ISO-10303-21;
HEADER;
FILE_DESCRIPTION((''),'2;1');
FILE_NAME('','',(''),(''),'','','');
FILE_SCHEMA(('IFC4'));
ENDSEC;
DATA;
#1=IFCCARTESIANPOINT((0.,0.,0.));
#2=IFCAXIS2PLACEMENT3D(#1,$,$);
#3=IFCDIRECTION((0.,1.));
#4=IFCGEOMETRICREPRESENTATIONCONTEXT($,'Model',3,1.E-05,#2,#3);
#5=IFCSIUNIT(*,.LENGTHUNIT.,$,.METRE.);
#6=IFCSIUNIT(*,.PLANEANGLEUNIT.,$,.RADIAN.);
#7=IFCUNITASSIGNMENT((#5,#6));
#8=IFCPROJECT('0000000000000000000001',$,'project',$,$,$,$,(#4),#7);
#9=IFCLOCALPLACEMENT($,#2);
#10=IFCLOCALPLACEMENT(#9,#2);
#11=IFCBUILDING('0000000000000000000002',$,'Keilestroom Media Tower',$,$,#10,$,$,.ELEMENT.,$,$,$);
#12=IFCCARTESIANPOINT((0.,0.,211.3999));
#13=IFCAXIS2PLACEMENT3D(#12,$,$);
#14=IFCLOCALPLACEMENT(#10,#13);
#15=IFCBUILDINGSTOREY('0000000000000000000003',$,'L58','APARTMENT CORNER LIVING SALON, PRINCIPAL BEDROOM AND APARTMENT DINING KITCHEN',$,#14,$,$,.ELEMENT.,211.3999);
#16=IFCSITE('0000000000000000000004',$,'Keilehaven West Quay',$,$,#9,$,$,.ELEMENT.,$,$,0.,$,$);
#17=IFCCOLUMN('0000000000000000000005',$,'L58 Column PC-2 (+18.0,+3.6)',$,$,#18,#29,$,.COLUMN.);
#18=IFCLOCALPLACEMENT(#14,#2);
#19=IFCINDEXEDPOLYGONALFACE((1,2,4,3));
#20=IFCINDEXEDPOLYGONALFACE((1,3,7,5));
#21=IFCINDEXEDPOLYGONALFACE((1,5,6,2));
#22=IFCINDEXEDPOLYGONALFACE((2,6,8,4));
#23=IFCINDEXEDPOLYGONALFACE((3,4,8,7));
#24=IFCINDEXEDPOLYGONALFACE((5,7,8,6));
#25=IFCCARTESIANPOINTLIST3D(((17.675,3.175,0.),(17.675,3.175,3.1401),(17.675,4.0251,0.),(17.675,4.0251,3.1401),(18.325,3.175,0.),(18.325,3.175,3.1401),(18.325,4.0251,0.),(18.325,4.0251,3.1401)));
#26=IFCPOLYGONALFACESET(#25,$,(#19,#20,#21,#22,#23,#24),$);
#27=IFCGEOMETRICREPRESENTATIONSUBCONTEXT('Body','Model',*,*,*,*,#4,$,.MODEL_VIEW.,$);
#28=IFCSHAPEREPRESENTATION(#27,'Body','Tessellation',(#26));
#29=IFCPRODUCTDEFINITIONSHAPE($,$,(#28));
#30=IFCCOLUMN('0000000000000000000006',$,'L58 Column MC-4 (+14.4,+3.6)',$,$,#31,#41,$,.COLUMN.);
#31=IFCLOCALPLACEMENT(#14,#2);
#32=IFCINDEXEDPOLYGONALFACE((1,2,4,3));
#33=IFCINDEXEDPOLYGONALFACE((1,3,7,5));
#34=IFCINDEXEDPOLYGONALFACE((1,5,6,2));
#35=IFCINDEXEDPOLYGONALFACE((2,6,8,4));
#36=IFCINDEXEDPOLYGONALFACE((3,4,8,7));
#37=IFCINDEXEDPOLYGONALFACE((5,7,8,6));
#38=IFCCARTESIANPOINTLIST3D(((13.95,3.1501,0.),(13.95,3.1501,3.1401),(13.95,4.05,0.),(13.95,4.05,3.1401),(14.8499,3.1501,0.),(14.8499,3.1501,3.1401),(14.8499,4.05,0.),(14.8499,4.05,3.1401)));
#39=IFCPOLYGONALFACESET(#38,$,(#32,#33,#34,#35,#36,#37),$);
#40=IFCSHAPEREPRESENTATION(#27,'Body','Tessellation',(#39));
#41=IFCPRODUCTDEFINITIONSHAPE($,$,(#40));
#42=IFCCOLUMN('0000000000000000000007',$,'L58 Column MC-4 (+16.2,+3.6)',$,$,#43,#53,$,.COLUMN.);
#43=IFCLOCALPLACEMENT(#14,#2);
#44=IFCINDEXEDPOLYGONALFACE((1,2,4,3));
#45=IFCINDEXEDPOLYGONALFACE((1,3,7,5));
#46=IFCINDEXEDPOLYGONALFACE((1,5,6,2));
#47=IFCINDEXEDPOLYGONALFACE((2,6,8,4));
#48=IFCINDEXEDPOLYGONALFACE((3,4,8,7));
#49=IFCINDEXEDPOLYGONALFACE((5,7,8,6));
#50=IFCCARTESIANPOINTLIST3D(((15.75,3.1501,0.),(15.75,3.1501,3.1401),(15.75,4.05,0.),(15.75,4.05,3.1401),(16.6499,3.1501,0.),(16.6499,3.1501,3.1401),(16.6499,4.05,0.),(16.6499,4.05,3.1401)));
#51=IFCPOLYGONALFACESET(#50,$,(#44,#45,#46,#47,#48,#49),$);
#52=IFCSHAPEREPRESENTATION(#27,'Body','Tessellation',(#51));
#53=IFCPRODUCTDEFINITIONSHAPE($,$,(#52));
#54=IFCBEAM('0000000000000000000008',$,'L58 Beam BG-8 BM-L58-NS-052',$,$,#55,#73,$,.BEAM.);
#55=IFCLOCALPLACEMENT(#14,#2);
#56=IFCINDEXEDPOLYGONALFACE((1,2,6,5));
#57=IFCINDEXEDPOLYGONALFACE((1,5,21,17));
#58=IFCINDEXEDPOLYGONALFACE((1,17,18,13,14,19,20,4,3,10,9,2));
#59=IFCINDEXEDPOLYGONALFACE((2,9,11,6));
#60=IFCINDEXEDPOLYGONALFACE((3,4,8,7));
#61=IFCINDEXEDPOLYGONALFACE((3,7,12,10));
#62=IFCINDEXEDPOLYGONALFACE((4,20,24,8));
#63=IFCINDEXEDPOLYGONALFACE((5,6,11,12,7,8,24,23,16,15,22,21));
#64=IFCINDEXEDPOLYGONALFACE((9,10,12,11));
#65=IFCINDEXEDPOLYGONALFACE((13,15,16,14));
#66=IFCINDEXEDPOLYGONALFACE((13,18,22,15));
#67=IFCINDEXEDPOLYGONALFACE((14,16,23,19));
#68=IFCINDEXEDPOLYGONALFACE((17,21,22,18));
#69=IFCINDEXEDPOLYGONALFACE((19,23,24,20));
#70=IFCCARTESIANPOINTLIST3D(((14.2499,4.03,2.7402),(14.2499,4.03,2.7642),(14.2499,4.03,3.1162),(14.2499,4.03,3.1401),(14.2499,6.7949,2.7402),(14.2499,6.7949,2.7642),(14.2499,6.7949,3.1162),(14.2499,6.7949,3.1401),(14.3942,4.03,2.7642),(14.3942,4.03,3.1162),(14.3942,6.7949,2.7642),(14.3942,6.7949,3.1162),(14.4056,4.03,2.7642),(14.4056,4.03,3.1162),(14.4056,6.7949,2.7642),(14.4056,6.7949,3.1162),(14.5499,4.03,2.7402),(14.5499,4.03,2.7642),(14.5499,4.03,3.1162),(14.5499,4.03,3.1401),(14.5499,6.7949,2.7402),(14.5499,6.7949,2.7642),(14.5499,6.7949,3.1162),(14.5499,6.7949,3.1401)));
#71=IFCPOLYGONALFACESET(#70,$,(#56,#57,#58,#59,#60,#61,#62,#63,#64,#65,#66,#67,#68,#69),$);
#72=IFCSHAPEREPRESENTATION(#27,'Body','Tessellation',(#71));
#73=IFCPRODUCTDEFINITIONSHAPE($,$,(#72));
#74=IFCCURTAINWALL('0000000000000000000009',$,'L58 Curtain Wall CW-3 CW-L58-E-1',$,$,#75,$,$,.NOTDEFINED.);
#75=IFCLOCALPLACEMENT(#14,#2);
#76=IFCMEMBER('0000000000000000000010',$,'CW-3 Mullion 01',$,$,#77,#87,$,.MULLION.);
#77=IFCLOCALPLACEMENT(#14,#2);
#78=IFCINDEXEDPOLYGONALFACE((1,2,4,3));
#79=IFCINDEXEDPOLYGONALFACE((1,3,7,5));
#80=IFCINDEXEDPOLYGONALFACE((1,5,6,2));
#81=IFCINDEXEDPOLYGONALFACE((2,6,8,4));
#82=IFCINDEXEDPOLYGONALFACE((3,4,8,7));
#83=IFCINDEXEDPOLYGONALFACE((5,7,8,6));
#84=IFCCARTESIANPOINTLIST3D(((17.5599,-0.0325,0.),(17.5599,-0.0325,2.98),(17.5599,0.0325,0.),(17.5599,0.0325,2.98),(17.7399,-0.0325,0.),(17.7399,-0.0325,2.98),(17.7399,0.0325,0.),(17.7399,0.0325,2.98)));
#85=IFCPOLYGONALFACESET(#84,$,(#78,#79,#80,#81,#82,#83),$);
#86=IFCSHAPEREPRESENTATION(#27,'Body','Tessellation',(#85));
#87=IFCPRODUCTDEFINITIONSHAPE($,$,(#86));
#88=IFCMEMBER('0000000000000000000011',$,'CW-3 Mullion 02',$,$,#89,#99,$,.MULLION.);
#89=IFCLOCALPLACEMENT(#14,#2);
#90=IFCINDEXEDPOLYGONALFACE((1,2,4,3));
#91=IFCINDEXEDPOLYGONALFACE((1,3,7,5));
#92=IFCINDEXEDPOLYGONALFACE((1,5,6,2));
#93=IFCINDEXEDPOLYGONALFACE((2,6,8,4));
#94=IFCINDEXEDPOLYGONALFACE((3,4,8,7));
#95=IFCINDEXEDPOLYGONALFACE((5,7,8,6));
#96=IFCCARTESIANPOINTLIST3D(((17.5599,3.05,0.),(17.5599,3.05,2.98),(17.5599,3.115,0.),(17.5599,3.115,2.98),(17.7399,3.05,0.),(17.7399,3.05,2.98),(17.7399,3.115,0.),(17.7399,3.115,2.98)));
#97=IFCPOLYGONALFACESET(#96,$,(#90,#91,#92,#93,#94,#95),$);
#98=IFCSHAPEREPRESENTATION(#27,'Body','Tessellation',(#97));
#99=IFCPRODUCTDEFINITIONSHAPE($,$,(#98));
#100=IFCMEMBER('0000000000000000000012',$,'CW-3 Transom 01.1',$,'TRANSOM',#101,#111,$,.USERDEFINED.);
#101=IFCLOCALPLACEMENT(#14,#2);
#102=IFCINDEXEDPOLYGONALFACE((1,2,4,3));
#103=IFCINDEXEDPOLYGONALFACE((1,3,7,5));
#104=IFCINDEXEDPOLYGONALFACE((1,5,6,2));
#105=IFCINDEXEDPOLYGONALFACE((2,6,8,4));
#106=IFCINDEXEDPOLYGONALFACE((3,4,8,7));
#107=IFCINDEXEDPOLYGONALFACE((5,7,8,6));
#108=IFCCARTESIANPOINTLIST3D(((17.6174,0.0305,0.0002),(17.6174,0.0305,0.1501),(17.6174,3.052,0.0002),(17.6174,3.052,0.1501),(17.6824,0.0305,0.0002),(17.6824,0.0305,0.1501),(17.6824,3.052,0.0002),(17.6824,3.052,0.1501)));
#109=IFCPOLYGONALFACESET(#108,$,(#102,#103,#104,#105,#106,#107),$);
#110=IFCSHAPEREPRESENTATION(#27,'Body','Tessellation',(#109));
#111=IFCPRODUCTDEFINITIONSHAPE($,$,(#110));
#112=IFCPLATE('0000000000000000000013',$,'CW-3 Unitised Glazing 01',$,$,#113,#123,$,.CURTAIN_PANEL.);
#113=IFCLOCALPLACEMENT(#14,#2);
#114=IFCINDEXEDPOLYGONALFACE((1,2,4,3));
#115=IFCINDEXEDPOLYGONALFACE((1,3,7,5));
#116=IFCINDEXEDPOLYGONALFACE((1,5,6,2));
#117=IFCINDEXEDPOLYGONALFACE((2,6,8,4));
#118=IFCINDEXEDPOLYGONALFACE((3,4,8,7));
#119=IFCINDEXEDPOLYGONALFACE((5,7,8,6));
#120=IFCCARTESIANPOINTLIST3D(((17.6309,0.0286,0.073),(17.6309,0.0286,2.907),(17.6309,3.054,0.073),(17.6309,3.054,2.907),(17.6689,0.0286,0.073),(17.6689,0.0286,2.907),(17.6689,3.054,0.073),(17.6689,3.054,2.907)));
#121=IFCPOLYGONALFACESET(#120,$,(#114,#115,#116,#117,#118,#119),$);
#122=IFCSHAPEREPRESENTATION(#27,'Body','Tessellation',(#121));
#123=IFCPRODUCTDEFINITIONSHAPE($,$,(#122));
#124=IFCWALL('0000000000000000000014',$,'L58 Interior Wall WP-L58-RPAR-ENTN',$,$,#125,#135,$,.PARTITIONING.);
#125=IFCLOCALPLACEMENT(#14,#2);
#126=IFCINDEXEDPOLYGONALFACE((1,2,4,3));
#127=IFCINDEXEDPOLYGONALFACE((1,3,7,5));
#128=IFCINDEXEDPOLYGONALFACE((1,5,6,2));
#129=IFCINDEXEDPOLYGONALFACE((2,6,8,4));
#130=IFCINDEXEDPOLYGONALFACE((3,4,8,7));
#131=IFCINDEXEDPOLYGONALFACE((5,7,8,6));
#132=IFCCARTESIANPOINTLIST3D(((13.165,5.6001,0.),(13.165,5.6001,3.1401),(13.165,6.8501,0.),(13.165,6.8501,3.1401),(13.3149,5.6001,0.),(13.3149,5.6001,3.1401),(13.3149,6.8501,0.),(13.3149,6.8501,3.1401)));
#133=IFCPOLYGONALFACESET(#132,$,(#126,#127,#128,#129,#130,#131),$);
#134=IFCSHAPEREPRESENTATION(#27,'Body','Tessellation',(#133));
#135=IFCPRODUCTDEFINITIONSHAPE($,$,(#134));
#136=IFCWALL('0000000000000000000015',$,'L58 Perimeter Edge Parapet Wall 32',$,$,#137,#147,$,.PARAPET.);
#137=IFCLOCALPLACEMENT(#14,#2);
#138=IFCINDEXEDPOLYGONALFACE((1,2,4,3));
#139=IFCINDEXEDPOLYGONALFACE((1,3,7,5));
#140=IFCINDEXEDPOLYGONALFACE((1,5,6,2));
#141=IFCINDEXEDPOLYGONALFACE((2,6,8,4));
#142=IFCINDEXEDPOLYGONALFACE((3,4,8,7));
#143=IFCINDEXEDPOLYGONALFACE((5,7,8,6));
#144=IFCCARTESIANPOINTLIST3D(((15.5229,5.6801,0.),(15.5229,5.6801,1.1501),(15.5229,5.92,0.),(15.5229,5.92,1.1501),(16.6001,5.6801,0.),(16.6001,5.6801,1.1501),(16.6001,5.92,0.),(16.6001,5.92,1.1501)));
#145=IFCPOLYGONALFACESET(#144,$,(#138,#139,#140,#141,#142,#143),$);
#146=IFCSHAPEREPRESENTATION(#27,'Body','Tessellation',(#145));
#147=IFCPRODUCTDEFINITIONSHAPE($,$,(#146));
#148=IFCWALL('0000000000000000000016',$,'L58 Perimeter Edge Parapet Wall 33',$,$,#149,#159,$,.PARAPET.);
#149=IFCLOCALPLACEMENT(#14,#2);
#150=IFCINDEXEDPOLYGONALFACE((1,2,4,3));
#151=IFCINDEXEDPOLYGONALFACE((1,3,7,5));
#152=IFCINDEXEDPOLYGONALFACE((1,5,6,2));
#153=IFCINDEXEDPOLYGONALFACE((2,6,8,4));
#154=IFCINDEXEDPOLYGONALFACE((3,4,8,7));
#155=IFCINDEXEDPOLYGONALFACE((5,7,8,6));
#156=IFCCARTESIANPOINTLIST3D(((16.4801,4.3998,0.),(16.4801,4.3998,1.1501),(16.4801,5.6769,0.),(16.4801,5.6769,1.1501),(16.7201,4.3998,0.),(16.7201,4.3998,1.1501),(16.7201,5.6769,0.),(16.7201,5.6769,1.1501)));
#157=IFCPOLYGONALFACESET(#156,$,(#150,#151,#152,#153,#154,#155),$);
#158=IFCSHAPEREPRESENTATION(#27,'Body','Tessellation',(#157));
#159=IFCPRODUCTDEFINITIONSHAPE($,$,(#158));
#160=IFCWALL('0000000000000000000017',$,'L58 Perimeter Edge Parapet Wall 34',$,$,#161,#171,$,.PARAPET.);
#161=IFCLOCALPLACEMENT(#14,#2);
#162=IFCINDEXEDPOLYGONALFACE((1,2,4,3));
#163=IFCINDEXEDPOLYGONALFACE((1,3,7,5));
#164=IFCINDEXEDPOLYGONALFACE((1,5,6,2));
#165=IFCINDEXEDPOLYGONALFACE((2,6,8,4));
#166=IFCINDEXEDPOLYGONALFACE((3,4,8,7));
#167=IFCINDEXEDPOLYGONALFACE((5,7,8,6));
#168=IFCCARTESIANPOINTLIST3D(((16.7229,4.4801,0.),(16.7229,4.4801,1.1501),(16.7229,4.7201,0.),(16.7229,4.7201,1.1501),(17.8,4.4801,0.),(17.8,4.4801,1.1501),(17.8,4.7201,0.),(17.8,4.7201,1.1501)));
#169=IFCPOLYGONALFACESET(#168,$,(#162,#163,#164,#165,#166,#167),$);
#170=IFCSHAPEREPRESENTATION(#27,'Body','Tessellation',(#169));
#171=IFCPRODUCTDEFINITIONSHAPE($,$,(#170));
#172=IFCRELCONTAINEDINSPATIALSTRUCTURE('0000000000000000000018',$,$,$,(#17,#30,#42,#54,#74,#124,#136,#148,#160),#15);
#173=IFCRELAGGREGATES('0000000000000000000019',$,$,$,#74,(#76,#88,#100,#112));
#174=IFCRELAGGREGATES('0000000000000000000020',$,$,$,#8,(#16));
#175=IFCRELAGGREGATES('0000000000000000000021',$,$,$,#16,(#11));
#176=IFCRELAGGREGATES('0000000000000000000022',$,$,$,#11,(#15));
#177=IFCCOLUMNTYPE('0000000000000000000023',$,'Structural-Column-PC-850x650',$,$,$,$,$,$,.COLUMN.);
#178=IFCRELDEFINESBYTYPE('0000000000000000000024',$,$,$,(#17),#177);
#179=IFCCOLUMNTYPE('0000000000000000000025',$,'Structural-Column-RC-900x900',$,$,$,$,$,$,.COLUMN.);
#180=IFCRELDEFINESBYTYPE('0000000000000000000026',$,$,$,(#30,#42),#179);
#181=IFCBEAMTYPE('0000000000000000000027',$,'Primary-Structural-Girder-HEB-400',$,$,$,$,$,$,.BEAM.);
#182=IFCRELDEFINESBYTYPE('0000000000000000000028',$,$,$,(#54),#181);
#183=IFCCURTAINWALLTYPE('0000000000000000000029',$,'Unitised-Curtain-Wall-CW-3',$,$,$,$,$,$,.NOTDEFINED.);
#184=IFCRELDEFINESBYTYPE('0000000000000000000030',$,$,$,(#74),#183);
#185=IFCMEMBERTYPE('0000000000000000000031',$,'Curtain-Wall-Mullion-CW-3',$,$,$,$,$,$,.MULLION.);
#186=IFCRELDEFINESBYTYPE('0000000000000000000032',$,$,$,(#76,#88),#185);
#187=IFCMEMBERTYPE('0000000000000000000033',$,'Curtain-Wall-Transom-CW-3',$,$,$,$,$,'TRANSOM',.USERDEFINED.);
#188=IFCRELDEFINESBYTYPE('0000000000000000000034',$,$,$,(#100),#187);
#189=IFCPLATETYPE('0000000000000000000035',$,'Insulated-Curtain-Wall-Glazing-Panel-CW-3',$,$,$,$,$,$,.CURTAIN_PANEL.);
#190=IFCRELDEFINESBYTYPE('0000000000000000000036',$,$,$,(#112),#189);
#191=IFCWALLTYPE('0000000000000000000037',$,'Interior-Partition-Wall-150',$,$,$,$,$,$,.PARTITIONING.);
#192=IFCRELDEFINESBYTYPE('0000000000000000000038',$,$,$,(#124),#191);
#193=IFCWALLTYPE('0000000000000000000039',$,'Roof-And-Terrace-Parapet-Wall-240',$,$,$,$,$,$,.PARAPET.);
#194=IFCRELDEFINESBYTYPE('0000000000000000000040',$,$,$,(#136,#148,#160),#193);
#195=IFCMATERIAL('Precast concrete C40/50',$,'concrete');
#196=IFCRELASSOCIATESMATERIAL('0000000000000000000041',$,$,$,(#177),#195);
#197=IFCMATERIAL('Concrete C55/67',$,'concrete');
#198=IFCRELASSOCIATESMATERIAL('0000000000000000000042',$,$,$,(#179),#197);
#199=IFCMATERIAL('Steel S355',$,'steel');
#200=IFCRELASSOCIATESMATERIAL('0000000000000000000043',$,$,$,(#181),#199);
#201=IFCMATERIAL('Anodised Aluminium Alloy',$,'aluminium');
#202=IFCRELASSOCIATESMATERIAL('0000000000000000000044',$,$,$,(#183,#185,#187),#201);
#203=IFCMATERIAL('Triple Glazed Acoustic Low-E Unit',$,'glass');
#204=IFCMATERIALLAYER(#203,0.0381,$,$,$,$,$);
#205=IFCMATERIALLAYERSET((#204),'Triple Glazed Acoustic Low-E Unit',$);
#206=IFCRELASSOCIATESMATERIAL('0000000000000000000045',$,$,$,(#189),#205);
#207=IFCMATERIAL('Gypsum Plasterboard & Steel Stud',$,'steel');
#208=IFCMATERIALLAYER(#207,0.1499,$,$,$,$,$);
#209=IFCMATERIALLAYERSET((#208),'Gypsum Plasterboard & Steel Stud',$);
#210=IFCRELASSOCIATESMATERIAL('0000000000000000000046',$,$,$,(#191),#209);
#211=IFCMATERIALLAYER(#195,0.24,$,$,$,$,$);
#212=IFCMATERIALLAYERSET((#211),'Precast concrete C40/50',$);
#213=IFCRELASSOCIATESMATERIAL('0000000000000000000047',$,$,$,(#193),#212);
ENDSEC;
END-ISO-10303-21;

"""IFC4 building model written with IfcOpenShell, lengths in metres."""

from ifc_helpers import new_model, si_unit, direction, frame, frame_2d, origin, origin_2d, place, context, subcontext, project, spatial, rectangle, i_section, extrude, source, transform, mapped, material, layer, layer_set, material_profile, profile_set, type_object, element, aggregate, save


model = new_model("IFC4")

# Units and contexts
model_context = context("Model", 3, precision=1e-05, world=origin(), true_north=direction((0.0, 1.0)))
body_context = subcontext(model_context, "Body", "Model", "MODEL_VIEW")
ifc_project = project(units=[si_unit("LENGTHUNIT", "METRE"), si_unit("PLANEANGLEUNIT", "RADIAN")], contexts=[model_context])

# Site, building, storey
site_placement = place(None, origin())
site = spatial("IfcSite", under=ifc_project, at=site_placement, Name="Keilehaven West Quay", CompositionType="ELEMENT", RefElevation=0.0)
building_placement = place(site_placement, origin())
building = spatial("IfcBuilding", under=site, at=building_placement, Name="Keilestroom Media Tower", CompositionType="ELEMENT")
storey_placement = place(building_placement, frame((0.0, 0.0, 211.3999)))
storey = spatial("IfcBuildingStorey", under=building, at=storey_placement, Name="L58", Description="APARTMENT CORNER LIVING SALON, PRINCIPAL BEDROOM AND APARTMENT DINING KITCHEN", CompositionType="ELEMENT", Elevation=211.3999)

# Columns
ifc_material_1 = material(Name="Precast concrete C40/50", Category="concrete")
ifc_material_profile_1 = material_profile(ifc_material_1, rectangle(XDim=0.6499, YDim=0.8501, at=origin_2d()), Name="PC 850x650")
ifc_profile_set_1 = profile_set([ifc_material_profile_1], Name="Precast concrete C40/50")
column_type_1 = type_object("IfcColumnType", Name="Structural-Column-PC-850x650", PredefinedType="COLUMN", material=ifc_profile_set_1)
shared_shape_1 = source(origin(), body_context, "Body", "SweptSolid", [
    extrude(rectangle(XDim=0.6499, YDim=0.8501, at=origin_2d()), origin(), (0.0, 0.0, 1.0), 3.1401),
])
column_placement = place(storey_placement, frame((18.0, 3.6001, 0.0), z_axis=(0.0, 0.0, 1.0), x_axis=(1.0, 0.0, 0.0)))
element("IfcColumn", 1, at=column_placement, inside=storey, type_object=column_type_1, Name="L58 Column PC-2 (+18.0,+3.6)", PredefinedType="COLUMN", context=body_context, shape_type="MappedRepresentation", body=[
    mapped(shared_shape_1, transform((0.0, 0.0, 0.0), x_axis=(1.0, 0.0, 0.0), y_axis=(0.0, 1.0, 0.0), z_axis=(0.0, 0.0, 1.0), scale=1.0)),
])
ifc_material_2 = material(Name="Concrete C55/67", Category="concrete")
ifc_material_profile_2 = material_profile(ifc_material_2, rectangle(XDim=0.8999, YDim=0.8999, at=origin_2d()), Name="RC 900x900")
ifc_profile_set_2 = profile_set([ifc_material_profile_2], Name="Concrete C55/67")
column_type_2 = type_object("IfcColumnType", Name="Structural-Column-RC-900x900", PredefinedType="COLUMN", material=ifc_profile_set_2)
shared_shape_2 = source(origin(), body_context, "Body", "SweptSolid", [
    extrude(rectangle(XDim=0.8999, YDim=0.8999, at=origin_2d()), origin(), (0.0, 0.0, 1.0), 3.1401),
])
for number, where, z_axis, x_axis, name in (
    (2, (14.3999, 3.6001, 0.0), (0.0, 0.0, 1.0), (1.0, 0.0, 0.0), "L58 Column MC-4 (+14.4,+3.6)"),
    (3, (16.2, 3.6001, 0.0), (0.0, 0.0, 1.0), (1.0, 0.0, 0.0), "L58 Column MC-4 (+16.2,+3.6)"),
):
    element("IfcColumn", number, at=place(storey_placement, frame(where, z_axis=z_axis, x_axis=x_axis)), inside=storey, type_object=column_type_2, Name=name, PredefinedType="COLUMN", context=body_context, shape_type="MappedRepresentation", body=[
        mapped(shared_shape_2, transform((0.0, 0.0, 0.0), x_axis=(1.0, 0.0, 0.0), y_axis=(0.0, 1.0, 0.0), z_axis=(0.0, 0.0, 1.0), scale=1.0)),
    ])

# Beam
ifc_material_3 = material(Name="Steel S355", Category="steel")
ifc_material_profile_3 = material_profile(ifc_material_3, i_section(OverallWidth=0.3, OverallDepth=0.3999, WebThickness=0.0115, FlangeThickness=0.0239, at=origin_2d()), Name="HEB 400")
ifc_profile_set_3 = profile_set([ifc_material_profile_3], Name="Steel S355")
beam_type = type_object("IfcBeamType", Name="Primary-Structural-Girder-HEB-400", PredefinedType="BEAM", material=ifc_profile_set_3)
shared_shape_3 = source(origin(), body_context, "Body", "SweptSolid", [
    extrude(i_section(OverallWidth=0.3, OverallDepth=0.3999, WebThickness=0.0115, FlangeThickness=0.0239, at=origin_2d()), origin(), (0.0, 0.0, 1.0), 2.7649),
])
beam_placement = place(storey_placement, frame((14.3999, 4.03, 2.9402), z_axis=(0.0, 1.0, 0.0), x_axis=(-1.0, 0.0, 0.0)))
element("IfcBeam", 4, at=beam_placement, inside=storey, type_object=beam_type, Name="L58 Beam BG-8 BM-L58-NS-052", PredefinedType="BEAM", context=body_context, shape_type="MappedRepresentation", body=[
    mapped(shared_shape_3, transform((0.0, 0.0, 0.0), x_axis=(1.0, 0.0, 0.0), y_axis=(0.0, 1.0, 0.0), z_axis=(0.0, 0.0, 1.0), scale=1.0)),
])

# Curtain wall, members, plate
ifc_material_4 = material(Name="Anodised Aluminium Alloy", Category="aluminium")
curtain_wall_type = type_object("IfcCurtainWallType", Name="Unitised-Curtain-Wall-CW-3", PredefinedType="NOTDEFINED", material=ifc_material_4)
curtain_wall_placement = place(storey_placement, origin())
curtain_wall = element("IfcCurtainWall", 5, at=curtain_wall_placement, inside=storey, type_object=curtain_wall_type, Name="L58 Curtain Wall CW-3 CW-L58-E-1", PredefinedType="NOTDEFINED")
ifc_material_profile_4 = material_profile(ifc_material_4, rectangle(XDim=0.0649, YDim=0.1799, at=origin_2d()), Name="ALU MULLION 65x180")
ifc_profile_set_4 = profile_set([ifc_material_profile_4], Name="Anodised Aluminium Alloy")
member_type_1 = type_object("IfcMemberType", Name="Curtain-Wall-Mullion-CW-3", PredefinedType="MULLION", material=ifc_profile_set_4)
shared_shape_4 = source(origin(), body_context, "Body", "SweptSolid", [
    extrude(rectangle(XDim=0.0649, YDim=0.1799, at=origin_2d()), origin(), (0.0, 0.0, 1.0), 2.98),
])
member_1_placement = place(storey_placement, frame((17.6499, 0.0, 0.0), z_axis=(0.0, 0.0, 1.0), x_axis=(0.0, 1.0, 0.0)))
member_1 = element("IfcMember", 6, at=member_1_placement, type_object=member_type_1, Name="CW-3 Mullion 01", PredefinedType="MULLION", context=body_context, shape_type="MappedRepresentation", body=[
    mapped(shared_shape_4, transform((0.0, 0.0, 0.0), x_axis=(1.0, 0.0, 0.0), y_axis=(0.0, 1.0, 0.0), z_axis=(0.0, 0.0, 1.0), scale=1.0)),
])
member_2_placement = place(storey_placement, frame((17.6499, 3.0825, 0.0), z_axis=(0.0, 0.0, 1.0), x_axis=(0.0, 1.0, 0.0)))
member_2 = element("IfcMember", 7, at=member_2_placement, type_object=member_type_1, Name="CW-3 Mullion 02", PredefinedType="MULLION", context=body_context, shape_type="MappedRepresentation", body=[
    mapped(shared_shape_4, transform((0.0, 0.0, 0.0), x_axis=(1.0, 0.0, 0.0), y_axis=(0.0, 1.0, 0.0), z_axis=(0.0, 0.0, 1.0), scale=1.0)),
])
ifc_material_profile_5 = material_profile(ifc_material_4, rectangle(XDim=0.0649, YDim=0.1499, at=origin_2d()), Name="ALU TRANSOM 65x150")
ifc_profile_set_5 = profile_set([ifc_material_profile_5], Name="Anodised Aluminium Alloy")
member_type_2 = type_object("IfcMemberType", Name="Curtain-Wall-Transom-CW-3", ElementType="TRANSOM", PredefinedType="USERDEFINED", material=ifc_profile_set_5)
shared_shape_5 = source(origin(), body_context, "Body", "SweptSolid", [
    extrude(rectangle(XDim=0.0649, YDim=0.1499, at=origin_2d()), origin(), (0.0, 0.0, 1.0), 3.0215),
])
member_3_placement = place(storey_placement, frame((17.6499, 0.0305, 0.0752), z_axis=(0.0, 1.0, 0.0), x_axis=(-1.0, 0.0, 0.0)))
member_3 = element("IfcMember", 8, at=member_3_placement, type_object=member_type_2, Name="CW-3 Transom 01.1", ObjectType="TRANSOM", PredefinedType="USERDEFINED", context=body_context, shape_type="MappedRepresentation", body=[
    mapped(shared_shape_5, transform((0.0, 0.0, 0.0), x_axis=(1.0, 0.0, 0.0), y_axis=(0.0, 1.0, 0.0), z_axis=(0.0, 0.0, 1.0), scale=1.0)),
])
ifc_material_5 = material(Name="Triple Glazed Acoustic Low-E Unit", Category="glass")
ifc_layer_1 = layer(ifc_material_5, 0.0381)
ifc_layer_set_1 = layer_set([ifc_layer_1], Name="Triple Glazed Acoustic Low-E Unit")
plate_type = type_object("IfcPlateType", Name="Insulated-Curtain-Wall-Glazing-Panel-CW-3", PredefinedType="CURTAIN_PANEL", material=ifc_layer_set_1)
shared_shape_6 = source(origin(), body_context, "Body", "SweptSolid", [
    extrude(rectangle(XDim=3.0254, YDim=0.0381, at=origin_2d()), origin(), (0.0, 0.0, 1.0), 2.834),
])
plate_placement = place(storey_placement, frame((17.6499, 1.5413, 0.073), z_axis=(0.0, 0.0, 1.0), x_axis=(0.0, 1.0, 0.0)))
plate = element("IfcPlate", 9, at=plate_placement, type_object=plate_type, Name="CW-3 Unitised Glazing 01", PredefinedType="CURTAIN_PANEL", context=body_context, shape_type="MappedRepresentation", body=[
    mapped(shared_shape_6, transform((0.0, 0.0, 0.0), x_axis=(1.0, 0.0, 0.0), y_axis=(0.0, 1.0, 0.0), z_axis=(0.0, 0.0, 1.0), scale=1.0)),
])
aggregate(curtain_wall, [member_1, member_2, member_3, plate])

# Walls
ifc_material_6 = material(Name="Gypsum Plasterboard & Steel Stud", Category="steel")
ifc_layer_2 = layer(ifc_material_6, 0.1499)
ifc_layer_set_2 = layer_set([ifc_layer_2], Name="Gypsum Plasterboard & Steel Stud")
wall_type_1 = type_object("IfcWallType", Name="Interior-Partition-Wall-150", PredefinedType="PARTITIONING", material=ifc_layer_set_2)
wall_1_placement = place(storey_placement, frame((13.24, 5.6001, 0.0), z_axis=(0.0, 0.0, 1.0), x_axis=(0.0, 1.0, 0.0)))
element("IfcWall", 10, at=wall_1_placement, inside=storey, type_object=wall_type_1, Name="L58 Interior Wall WP-L58-RPAR-ENTN", PredefinedType="PARTITIONING", context=body_context, shape_type="SweptSolid", body=[
    extrude(rectangle(XDim=1.25, YDim=0.1499, at=frame_2d((0.625, 0.0))), origin(), (0.0, 0.0, 1.0), 3.1401),
])
ifc_layer_3 = layer(ifc_material_1, 0.24)
ifc_layer_set_3 = layer_set([ifc_layer_3], Name="Precast concrete C40/50")
wall_type_2 = type_object("IfcWallType", Name="Roof-And-Terrace-Parapet-Wall-240", PredefinedType="PARAPET", material=ifc_layer_set_3)
wall_2_placement = place(storey_placement, frame((15.5229, 5.8, 0.0), z_axis=(0.0, 0.0, 1.0), x_axis=(1.0, 0.0, 0.0)))
element("IfcWall", 11, at=wall_2_placement, inside=storey, type_object=wall_type_2, Name="L58 Perimeter Edge Parapet Wall 32", PredefinedType="PARAPET", context=body_context, shape_type="SweptSolid", body=[
    extrude(rectangle(XDim=1.0771, YDim=0.24, at=frame_2d((0.5386, 0.0))), origin(), (0.0, 0.0, 1.0), 1.1501),
])
wall_3_placement = place(storey_placement, frame((16.6001, 5.677, 0.0), z_axis=(0.0, 0.0, 1.0), x_axis=(0.0, -1.0, 0.0)))
element("IfcWall", 12, at=wall_3_placement, inside=storey, type_object=wall_type_2, Name="L58 Perimeter Edge Parapet Wall 33", PredefinedType="PARAPET", context=body_context, shape_type="SweptSolid", body=[
    extrude(rectangle(XDim=1.2771, YDim=0.24, at=frame_2d((0.6387, 0.0))), origin(), (0.0, 0.0, 1.0), 1.1501),
])
wall_4_placement = place(storey_placement, frame((16.7229, 4.6001, 0.0), z_axis=(0.0, 0.0, 1.0), x_axis=(1.0, 0.0, 0.0)))
element("IfcWall", 13, at=wall_4_placement, inside=storey, type_object=wall_type_2, Name="L58 Perimeter Edge Parapet Wall 34", PredefinedType="PARAPET", context=body_context, shape_type="SweptSolid", body=[
    extrude(rectangle(XDim=1.0771, YDim=0.24, at=frame_2d((0.5386, 0.0))), origin(), (0.0, 0.0, 1.0), 1.1501),
])

save(model, "model.ifc")
